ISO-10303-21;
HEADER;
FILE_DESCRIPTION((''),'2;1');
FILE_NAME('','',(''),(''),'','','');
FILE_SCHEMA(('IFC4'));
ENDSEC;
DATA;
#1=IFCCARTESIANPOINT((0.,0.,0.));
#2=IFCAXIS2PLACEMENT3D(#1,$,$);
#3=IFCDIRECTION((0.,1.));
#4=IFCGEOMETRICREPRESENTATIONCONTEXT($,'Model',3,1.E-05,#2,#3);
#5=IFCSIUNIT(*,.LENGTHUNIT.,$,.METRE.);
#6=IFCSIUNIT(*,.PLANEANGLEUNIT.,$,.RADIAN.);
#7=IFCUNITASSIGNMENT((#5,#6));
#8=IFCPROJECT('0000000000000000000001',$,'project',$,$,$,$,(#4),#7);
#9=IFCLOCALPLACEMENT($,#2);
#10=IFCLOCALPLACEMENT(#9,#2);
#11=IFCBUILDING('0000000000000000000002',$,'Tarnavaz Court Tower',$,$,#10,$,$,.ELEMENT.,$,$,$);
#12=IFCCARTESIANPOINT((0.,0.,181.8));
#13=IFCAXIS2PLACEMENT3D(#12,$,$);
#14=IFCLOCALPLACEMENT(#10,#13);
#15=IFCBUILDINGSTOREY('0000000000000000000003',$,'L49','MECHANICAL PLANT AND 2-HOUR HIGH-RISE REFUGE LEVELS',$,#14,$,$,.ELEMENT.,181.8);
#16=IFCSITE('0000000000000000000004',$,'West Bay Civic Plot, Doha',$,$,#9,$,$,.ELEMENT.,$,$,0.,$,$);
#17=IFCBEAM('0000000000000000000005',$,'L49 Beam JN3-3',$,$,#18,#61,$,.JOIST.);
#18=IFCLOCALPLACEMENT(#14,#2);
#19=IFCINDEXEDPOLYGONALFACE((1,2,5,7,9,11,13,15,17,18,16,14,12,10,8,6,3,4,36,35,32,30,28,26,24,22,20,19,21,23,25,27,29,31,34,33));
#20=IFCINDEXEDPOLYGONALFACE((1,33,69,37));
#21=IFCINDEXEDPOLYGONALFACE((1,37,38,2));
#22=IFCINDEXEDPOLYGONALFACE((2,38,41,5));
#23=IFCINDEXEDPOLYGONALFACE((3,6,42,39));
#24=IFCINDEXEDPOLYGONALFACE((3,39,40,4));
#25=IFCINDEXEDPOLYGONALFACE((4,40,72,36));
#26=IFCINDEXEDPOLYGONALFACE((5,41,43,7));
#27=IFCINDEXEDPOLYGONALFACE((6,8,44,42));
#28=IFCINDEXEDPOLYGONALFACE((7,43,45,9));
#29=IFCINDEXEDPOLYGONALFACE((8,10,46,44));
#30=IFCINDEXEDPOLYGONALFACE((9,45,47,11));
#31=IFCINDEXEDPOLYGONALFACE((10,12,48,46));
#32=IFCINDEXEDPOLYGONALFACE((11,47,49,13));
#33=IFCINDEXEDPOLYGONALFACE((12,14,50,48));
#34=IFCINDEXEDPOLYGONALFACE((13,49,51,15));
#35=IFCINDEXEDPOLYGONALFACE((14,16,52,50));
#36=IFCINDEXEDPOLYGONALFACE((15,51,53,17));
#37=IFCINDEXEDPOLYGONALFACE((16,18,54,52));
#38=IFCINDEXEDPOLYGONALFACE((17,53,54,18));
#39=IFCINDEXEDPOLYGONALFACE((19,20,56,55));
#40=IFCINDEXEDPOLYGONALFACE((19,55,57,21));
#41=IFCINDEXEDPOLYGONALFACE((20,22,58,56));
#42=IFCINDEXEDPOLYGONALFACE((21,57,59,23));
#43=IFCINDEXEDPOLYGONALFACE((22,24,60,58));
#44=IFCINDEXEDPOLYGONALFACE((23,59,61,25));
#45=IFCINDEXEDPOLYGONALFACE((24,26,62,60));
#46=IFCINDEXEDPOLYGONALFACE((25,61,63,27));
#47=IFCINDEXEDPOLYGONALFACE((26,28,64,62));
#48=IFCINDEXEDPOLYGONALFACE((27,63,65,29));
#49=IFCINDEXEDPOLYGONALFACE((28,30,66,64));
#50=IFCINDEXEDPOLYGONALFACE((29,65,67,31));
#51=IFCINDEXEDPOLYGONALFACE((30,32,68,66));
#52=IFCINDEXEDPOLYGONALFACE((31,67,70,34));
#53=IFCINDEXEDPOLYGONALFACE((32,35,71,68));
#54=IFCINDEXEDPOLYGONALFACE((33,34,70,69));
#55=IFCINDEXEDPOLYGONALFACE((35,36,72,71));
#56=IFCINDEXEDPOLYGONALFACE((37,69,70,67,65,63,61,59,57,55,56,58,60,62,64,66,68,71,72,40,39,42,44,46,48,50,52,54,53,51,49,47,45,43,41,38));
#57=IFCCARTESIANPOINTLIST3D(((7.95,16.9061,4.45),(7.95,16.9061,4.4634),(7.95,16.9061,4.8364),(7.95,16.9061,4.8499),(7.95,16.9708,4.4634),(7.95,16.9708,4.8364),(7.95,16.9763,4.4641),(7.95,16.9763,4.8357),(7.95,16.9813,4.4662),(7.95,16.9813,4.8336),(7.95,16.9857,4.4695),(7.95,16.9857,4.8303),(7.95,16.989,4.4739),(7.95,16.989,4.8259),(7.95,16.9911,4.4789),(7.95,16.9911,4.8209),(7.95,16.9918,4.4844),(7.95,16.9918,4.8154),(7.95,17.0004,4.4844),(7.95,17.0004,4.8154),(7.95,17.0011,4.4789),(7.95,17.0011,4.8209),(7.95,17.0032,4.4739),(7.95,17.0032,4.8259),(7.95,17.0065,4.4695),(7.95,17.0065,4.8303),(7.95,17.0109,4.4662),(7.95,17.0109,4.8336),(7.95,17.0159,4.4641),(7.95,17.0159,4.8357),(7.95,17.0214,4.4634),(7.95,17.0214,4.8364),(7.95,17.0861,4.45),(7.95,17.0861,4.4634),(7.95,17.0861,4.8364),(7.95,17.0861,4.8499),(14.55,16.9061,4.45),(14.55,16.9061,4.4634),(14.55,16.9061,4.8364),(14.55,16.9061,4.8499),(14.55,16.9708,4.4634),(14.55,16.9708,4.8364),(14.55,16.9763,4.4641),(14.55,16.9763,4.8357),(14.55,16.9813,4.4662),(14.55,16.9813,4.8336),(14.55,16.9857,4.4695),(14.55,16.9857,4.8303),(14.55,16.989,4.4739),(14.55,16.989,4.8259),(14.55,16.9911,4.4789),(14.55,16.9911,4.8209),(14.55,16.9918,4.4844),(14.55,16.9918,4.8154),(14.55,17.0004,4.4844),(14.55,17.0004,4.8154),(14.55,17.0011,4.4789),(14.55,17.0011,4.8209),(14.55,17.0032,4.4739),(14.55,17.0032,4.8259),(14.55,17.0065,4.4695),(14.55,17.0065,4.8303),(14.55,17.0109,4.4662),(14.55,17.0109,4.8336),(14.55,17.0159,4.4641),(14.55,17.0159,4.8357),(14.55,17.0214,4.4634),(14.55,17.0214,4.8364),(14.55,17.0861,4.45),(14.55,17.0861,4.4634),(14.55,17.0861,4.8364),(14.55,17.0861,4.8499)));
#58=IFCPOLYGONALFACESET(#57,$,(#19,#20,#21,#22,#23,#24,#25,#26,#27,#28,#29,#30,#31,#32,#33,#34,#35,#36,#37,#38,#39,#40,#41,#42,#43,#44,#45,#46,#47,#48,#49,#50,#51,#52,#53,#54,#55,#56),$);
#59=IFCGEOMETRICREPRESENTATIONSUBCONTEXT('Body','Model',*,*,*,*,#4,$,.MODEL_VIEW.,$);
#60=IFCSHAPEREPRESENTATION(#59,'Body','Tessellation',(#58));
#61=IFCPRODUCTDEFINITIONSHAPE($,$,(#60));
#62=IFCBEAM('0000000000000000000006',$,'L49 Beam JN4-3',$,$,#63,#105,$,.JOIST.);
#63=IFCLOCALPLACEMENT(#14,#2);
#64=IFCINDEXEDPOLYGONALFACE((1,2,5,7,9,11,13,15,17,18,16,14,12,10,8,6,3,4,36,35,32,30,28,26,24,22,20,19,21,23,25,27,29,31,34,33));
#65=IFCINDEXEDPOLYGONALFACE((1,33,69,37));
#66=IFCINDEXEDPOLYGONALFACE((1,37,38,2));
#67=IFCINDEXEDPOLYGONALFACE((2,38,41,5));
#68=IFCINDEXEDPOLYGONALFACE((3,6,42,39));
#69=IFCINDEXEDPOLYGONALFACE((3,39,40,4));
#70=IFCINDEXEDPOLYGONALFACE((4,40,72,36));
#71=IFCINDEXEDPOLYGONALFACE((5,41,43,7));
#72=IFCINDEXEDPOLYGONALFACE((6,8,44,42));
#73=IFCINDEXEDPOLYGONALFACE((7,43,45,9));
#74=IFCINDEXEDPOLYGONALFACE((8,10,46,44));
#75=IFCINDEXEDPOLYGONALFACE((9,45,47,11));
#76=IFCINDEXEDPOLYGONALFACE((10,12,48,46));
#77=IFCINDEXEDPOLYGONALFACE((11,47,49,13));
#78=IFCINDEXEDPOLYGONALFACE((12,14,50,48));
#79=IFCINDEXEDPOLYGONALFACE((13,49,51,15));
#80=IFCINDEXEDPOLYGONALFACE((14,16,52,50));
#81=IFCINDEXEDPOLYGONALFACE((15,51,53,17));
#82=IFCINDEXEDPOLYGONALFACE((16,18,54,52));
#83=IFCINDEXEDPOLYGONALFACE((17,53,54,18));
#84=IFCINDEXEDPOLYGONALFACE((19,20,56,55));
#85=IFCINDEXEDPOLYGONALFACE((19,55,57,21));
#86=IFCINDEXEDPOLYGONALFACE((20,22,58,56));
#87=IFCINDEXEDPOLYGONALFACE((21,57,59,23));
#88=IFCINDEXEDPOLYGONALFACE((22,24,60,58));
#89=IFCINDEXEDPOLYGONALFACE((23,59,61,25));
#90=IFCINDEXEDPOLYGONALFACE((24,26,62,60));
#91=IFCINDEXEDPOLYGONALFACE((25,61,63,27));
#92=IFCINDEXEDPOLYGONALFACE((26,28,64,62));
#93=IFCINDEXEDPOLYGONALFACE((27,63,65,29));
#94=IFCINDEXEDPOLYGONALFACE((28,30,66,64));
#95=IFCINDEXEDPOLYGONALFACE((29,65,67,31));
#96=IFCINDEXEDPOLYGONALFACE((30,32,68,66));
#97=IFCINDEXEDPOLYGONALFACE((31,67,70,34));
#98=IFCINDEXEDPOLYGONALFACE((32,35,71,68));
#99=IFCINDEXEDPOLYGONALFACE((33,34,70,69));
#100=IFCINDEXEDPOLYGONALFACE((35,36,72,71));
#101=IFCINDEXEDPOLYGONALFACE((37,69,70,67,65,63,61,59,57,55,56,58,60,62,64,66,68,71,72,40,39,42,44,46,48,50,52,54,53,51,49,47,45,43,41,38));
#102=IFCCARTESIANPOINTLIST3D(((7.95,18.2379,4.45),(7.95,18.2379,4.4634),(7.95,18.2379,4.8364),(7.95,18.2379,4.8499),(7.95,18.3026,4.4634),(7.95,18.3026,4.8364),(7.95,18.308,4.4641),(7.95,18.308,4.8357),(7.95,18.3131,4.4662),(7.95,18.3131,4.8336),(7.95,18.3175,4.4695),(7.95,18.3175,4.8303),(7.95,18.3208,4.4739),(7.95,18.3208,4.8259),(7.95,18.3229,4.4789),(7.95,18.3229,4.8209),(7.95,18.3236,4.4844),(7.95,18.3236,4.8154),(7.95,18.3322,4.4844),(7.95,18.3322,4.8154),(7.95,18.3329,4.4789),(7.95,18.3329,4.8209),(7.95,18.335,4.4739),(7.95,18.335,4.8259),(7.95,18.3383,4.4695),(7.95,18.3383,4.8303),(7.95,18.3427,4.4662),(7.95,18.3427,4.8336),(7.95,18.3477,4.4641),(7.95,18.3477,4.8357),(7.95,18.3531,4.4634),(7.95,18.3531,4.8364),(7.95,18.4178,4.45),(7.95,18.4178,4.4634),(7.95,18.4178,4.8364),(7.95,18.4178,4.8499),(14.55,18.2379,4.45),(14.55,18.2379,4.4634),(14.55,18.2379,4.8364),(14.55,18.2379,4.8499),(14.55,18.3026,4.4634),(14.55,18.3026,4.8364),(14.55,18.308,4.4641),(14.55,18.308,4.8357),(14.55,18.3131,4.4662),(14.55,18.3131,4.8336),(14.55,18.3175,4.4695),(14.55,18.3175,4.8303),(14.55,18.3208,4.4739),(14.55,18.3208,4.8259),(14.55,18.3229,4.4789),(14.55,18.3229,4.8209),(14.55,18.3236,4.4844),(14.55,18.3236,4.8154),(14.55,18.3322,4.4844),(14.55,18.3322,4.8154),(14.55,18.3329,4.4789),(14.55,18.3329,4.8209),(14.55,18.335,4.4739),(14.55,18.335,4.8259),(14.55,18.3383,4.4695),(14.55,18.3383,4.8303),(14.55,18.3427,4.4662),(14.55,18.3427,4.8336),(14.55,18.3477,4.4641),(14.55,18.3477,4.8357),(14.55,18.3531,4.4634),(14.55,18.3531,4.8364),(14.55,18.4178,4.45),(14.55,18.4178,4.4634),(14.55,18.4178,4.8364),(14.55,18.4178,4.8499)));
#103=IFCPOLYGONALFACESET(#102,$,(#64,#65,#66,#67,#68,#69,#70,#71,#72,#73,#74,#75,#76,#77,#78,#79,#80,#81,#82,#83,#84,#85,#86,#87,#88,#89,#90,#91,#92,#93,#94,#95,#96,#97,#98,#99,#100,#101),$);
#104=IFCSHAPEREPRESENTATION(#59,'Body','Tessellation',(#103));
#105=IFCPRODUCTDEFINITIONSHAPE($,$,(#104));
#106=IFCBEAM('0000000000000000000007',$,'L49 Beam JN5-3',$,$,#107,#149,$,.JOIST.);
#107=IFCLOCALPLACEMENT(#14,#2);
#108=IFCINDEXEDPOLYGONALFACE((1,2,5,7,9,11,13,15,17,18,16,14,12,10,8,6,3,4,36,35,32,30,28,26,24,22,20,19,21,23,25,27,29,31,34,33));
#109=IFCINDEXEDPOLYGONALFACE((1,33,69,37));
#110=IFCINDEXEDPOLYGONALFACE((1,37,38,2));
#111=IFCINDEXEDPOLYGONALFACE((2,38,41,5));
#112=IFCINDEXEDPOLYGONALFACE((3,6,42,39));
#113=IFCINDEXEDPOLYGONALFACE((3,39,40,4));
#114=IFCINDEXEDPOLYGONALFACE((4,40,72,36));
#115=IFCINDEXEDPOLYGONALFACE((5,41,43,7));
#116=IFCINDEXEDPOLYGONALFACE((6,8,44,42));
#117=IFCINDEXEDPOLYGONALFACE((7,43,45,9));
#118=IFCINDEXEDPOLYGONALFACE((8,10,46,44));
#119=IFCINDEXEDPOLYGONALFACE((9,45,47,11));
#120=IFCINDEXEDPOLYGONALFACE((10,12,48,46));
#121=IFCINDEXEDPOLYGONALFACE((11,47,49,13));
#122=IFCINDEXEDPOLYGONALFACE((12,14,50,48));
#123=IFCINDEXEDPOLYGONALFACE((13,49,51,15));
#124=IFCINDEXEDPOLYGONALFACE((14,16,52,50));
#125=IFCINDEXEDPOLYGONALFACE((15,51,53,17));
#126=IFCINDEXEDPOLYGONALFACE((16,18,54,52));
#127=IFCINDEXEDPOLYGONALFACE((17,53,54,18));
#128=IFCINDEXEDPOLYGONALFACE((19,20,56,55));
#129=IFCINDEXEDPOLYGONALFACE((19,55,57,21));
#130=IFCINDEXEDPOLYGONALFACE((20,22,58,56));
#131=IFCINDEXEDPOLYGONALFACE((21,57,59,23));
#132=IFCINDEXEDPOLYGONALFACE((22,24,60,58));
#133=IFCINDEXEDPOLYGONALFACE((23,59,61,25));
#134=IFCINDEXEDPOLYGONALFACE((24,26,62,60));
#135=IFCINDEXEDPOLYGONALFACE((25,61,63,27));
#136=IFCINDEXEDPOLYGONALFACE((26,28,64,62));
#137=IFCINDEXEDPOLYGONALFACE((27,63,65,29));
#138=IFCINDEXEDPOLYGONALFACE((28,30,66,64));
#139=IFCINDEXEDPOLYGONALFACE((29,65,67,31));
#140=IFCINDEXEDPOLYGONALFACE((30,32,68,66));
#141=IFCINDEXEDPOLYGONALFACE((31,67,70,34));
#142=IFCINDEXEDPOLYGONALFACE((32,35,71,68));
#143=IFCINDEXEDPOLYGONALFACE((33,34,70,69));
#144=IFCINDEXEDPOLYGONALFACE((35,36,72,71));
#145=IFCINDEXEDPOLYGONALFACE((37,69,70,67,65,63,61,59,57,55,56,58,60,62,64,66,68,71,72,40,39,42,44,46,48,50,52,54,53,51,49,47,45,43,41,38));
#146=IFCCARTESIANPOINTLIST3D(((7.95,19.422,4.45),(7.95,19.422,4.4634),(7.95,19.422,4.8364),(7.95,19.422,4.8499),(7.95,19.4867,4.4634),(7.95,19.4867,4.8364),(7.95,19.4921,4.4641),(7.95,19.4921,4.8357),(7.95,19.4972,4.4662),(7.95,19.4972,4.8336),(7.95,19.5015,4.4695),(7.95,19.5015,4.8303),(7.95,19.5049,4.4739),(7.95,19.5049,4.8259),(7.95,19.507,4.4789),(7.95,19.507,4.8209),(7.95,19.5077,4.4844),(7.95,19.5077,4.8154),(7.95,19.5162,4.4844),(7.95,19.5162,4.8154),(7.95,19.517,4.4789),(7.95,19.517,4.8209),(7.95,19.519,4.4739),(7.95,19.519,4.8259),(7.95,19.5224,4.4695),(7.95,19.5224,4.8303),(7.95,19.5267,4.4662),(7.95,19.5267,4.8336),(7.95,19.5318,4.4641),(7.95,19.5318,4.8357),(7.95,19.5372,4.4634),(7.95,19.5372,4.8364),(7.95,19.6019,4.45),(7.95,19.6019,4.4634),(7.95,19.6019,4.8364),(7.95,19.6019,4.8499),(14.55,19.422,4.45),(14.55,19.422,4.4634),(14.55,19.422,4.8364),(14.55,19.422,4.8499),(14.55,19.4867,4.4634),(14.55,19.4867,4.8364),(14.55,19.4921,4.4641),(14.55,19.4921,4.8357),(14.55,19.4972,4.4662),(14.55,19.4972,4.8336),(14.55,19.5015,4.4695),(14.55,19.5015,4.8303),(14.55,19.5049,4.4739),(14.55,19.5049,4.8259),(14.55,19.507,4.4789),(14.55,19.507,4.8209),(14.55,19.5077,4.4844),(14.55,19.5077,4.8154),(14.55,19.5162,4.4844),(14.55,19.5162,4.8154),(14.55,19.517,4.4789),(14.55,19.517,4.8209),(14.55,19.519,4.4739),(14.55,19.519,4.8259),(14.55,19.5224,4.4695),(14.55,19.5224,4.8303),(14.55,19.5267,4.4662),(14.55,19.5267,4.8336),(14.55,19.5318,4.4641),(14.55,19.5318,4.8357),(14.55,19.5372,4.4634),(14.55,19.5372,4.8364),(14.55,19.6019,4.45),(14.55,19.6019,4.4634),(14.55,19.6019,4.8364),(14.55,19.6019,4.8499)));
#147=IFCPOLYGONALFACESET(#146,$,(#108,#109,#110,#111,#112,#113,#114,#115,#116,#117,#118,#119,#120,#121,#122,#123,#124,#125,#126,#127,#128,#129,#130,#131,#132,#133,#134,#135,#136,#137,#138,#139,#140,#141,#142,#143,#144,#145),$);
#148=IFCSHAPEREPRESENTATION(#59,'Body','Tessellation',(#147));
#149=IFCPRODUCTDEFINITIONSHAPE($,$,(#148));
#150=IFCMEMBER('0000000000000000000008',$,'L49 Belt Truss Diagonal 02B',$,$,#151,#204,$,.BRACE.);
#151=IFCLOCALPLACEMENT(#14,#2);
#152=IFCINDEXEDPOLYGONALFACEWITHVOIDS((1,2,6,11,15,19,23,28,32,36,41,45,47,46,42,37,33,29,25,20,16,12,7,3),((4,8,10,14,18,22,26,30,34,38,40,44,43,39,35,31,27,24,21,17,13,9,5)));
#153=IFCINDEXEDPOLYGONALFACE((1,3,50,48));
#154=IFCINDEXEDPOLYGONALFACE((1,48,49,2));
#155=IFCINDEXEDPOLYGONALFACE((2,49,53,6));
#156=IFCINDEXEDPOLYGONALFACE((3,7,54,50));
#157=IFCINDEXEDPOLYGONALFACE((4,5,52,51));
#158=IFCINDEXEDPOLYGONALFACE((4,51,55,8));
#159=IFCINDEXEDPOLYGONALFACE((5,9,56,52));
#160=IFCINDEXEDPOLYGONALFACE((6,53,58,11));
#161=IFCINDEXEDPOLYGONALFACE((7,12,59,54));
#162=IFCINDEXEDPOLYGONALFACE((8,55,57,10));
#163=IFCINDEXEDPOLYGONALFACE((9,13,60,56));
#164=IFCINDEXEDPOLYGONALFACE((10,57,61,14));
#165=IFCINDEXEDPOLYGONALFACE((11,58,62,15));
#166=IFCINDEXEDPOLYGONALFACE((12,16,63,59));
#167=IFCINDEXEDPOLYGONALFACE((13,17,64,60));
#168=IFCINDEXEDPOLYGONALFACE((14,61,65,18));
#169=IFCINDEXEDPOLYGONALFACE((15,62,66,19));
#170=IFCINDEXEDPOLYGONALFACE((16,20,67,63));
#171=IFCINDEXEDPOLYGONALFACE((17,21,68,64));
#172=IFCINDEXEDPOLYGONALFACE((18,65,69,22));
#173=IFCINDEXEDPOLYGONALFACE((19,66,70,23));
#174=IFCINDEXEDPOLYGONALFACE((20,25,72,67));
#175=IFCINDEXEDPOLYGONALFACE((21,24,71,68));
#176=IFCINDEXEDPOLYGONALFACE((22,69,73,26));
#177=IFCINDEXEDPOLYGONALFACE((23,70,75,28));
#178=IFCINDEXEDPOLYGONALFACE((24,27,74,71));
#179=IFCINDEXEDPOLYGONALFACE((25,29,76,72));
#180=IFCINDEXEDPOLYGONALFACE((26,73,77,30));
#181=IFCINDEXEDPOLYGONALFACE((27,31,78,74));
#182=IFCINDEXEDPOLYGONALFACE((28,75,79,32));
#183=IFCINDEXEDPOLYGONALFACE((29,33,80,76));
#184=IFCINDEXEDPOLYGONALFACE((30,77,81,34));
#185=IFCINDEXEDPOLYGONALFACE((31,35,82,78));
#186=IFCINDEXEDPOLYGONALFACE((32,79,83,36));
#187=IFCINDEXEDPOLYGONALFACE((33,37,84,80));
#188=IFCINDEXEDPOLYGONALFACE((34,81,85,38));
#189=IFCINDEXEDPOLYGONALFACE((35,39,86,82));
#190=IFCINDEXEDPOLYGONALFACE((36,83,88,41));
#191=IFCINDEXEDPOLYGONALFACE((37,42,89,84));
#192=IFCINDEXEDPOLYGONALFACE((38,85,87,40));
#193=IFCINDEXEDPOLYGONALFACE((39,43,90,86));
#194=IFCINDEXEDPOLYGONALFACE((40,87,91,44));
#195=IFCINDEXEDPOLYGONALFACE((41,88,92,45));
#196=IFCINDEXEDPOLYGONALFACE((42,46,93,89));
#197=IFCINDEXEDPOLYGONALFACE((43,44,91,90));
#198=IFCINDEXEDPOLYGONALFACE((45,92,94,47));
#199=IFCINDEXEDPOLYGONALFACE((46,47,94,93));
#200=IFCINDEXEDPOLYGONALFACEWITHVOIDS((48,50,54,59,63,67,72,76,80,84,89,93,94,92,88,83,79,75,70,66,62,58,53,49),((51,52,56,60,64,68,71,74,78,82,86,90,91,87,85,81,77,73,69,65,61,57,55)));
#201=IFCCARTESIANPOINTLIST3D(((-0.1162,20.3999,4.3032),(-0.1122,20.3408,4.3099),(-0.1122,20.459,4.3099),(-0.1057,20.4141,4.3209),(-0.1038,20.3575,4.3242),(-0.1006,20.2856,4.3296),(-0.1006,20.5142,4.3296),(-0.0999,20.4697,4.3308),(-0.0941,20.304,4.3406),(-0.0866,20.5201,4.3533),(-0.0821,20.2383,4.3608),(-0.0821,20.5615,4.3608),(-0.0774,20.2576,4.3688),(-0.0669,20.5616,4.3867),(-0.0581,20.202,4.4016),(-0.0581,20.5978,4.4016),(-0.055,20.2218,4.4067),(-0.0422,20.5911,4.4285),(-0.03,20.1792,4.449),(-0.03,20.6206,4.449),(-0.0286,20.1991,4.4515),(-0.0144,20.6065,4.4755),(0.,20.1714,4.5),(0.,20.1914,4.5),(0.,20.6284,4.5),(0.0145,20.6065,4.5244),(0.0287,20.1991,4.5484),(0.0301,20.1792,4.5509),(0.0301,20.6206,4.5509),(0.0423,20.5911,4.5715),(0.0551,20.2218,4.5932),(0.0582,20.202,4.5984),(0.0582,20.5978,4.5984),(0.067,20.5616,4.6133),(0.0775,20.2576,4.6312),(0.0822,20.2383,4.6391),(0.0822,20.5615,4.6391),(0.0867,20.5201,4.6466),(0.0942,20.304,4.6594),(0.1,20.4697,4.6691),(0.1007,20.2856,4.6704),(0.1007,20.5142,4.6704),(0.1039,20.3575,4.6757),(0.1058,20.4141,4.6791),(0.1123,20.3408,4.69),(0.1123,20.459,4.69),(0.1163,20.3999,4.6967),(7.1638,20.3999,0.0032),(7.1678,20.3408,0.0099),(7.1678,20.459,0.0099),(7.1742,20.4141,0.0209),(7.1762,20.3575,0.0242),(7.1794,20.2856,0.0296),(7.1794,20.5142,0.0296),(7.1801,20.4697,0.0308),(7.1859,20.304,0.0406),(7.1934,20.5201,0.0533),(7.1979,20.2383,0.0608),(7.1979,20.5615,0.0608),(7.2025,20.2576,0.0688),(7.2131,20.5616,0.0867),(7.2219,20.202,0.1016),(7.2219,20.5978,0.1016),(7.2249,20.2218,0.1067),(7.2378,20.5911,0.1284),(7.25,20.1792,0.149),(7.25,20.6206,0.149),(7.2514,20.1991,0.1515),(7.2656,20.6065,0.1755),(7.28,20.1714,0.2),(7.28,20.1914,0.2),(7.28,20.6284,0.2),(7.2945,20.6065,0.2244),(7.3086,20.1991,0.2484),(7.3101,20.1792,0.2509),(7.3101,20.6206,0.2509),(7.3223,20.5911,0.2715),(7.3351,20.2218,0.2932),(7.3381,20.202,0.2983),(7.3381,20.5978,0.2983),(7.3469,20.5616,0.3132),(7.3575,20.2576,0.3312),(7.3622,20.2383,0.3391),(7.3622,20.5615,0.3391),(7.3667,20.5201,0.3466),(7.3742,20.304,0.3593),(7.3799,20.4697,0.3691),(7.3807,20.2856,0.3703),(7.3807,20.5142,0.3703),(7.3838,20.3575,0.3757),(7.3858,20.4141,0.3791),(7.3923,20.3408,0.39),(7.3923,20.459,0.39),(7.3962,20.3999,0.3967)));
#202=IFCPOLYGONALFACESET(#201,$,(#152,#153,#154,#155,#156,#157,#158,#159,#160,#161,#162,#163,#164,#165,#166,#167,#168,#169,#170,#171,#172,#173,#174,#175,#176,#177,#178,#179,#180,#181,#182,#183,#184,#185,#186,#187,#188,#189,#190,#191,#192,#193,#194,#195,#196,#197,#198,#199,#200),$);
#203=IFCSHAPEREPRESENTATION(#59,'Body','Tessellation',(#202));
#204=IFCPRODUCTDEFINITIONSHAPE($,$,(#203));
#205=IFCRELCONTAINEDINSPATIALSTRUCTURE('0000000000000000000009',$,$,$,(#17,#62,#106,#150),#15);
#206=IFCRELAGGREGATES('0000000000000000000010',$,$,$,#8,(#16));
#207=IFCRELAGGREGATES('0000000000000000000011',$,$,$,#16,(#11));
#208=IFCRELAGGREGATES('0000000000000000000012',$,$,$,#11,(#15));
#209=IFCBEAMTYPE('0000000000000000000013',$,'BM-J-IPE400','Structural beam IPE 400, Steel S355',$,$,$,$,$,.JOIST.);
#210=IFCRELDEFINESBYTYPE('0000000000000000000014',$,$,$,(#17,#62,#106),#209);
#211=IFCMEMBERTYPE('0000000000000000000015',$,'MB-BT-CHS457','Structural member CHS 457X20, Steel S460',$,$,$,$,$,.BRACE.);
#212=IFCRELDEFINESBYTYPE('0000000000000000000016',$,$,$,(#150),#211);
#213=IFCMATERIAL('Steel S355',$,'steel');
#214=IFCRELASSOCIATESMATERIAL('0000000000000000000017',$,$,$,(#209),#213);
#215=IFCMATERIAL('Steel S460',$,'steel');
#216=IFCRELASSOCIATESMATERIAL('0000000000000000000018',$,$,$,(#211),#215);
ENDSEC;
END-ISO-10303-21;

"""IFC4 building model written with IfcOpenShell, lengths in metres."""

from ifc_helpers import new_model, si_unit, direction, frame, origin, origin_2d, place, context, subcontext, project, spatial, hollow_circle, i_section, extrude, material, material_profile, profile_set, type_object, element, save


model = new_model("IFC4")

# Units and contexts
model_context = context("Model", 3, precision=1e-05, world=origin(), true_north=direction((0.0, 1.0)))
body_context = subcontext(model_context, "Body", "Model", "MODEL_VIEW")
ifc_project = project(units=[si_unit("LENGTHUNIT", "METRE"), si_unit("PLANEANGLEUNIT", "RADIAN")], contexts=[model_context])

# Site, building, storey
site_placement = place(None, origin())
site = spatial("IfcSite", under=ifc_project, at=site_placement, Name="West Bay Civic Plot, Doha", CompositionType="ELEMENT", RefElevation=0.0)
building_placement = place(site_placement, origin())
building = spatial("IfcBuilding", under=site, at=building_placement, Name="Tarnavaz Court Tower", CompositionType="ELEMENT")
storey_placement = place(building_placement, frame((0.0, 0.0, 181.8)))
storey = spatial("IfcBuildingStorey", under=building, at=storey_placement, Name="L49", Description="MECHANICAL PLANT AND 2-HOUR HIGH-RISE REFUGE LEVELS", CompositionType="ELEMENT", Elevation=181.8)

# Shared definitions
ifc_material_1 = material(Name="Steel S460", Category="steel")

# Beams
ifc_material_2 = material(Name="Steel S355", Category="steel")
ifc_material_profile_1 = material_profile(ifc_material_2, i_section(OverallWidth=0.1799, OverallDepth=0.3999, WebThickness=0.0085, FlangeThickness=0.0134, FilletRadius=0.021, at=origin_2d()), Name="IPE 400")
ifc_profile_set_1 = profile_set([ifc_material_profile_1], Name="Steel S355")
beam_type_1 = type_object("IfcBeamType", Name="BM-J-IPE400", Description="Structural beam IPE 400, Steel S355", PredefinedType="JOIST", material=ifc_profile_set_1)
for number, where, z_axis, x_axis, name in (
    (1, (7.95, 16.9961, 4.6499), (1.0, 0.0, 0.0), (0.0, 1.0, 0.0), "L49 Beam JN3-3"),
    (2, (7.95, 18.3279, 4.6499), (1.0, 0.0, 0.0), (0.0, 1.0, 0.0), "L49 Beam JN4-3"),
    (3, (7.95, 19.512, 4.6499), (1.0, 0.0, 0.0), (0.0, 1.0, 0.0), "L49 Beam JN5-3"),
):
    element("IfcBeam", number, at=place(storey_placement, frame(where, z_axis=z_axis, x_axis=x_axis)), inside=storey, type_object=beam_type_1, Name=name, PredefinedType="JOIST", context=body_context, shape_type="SweptSolid", body=[
        extrude(i_section(OverallWidth=0.1799, OverallDepth=0.3999, WebThickness=0.0085, FlangeThickness=0.0134, FilletRadius=0.021, at=origin_2d()), origin(), (0.0, 0.0, 1.0), 6.6001),
    ])

# Member
ifc_material_profile_2 = material_profile(ifc_material_1, hollow_circle(Radius=0.2285, WallThickness=0.02, at=origin_2d()), Name="CHS 457X20")
ifc_profile_set_2 = profile_set([ifc_material_profile_2], Name="Steel S460")
member_type_1 = type_object("IfcMemberType", Name="MB-BT-CHS457", Description="Structural member CHS 457X20, Steel S460", PredefinedType="BRACE", material=ifc_profile_set_2)
member_1_placement = place(storey_placement, frame((7.28, 20.3999, 0.2), z_axis=(-0.861019, 0.0, 0.508573), x_axis=(0.0, -1.0, 0.0)))
element("IfcMember", 4, at=member_1_placement, inside=storey, type_object=member_type_1, Name="L49 Belt Truss Diagonal 02B", PredefinedType="BRACE", context=body_context, shape_type="SweptSolid", body=[
    extrude(hollow_circle(Radius=0.2285, WallThickness=0.02, at=origin_2d()), origin(), (0.0, 0.0, 1.0), 8.4551),
])

save(model, "model.ifc")
